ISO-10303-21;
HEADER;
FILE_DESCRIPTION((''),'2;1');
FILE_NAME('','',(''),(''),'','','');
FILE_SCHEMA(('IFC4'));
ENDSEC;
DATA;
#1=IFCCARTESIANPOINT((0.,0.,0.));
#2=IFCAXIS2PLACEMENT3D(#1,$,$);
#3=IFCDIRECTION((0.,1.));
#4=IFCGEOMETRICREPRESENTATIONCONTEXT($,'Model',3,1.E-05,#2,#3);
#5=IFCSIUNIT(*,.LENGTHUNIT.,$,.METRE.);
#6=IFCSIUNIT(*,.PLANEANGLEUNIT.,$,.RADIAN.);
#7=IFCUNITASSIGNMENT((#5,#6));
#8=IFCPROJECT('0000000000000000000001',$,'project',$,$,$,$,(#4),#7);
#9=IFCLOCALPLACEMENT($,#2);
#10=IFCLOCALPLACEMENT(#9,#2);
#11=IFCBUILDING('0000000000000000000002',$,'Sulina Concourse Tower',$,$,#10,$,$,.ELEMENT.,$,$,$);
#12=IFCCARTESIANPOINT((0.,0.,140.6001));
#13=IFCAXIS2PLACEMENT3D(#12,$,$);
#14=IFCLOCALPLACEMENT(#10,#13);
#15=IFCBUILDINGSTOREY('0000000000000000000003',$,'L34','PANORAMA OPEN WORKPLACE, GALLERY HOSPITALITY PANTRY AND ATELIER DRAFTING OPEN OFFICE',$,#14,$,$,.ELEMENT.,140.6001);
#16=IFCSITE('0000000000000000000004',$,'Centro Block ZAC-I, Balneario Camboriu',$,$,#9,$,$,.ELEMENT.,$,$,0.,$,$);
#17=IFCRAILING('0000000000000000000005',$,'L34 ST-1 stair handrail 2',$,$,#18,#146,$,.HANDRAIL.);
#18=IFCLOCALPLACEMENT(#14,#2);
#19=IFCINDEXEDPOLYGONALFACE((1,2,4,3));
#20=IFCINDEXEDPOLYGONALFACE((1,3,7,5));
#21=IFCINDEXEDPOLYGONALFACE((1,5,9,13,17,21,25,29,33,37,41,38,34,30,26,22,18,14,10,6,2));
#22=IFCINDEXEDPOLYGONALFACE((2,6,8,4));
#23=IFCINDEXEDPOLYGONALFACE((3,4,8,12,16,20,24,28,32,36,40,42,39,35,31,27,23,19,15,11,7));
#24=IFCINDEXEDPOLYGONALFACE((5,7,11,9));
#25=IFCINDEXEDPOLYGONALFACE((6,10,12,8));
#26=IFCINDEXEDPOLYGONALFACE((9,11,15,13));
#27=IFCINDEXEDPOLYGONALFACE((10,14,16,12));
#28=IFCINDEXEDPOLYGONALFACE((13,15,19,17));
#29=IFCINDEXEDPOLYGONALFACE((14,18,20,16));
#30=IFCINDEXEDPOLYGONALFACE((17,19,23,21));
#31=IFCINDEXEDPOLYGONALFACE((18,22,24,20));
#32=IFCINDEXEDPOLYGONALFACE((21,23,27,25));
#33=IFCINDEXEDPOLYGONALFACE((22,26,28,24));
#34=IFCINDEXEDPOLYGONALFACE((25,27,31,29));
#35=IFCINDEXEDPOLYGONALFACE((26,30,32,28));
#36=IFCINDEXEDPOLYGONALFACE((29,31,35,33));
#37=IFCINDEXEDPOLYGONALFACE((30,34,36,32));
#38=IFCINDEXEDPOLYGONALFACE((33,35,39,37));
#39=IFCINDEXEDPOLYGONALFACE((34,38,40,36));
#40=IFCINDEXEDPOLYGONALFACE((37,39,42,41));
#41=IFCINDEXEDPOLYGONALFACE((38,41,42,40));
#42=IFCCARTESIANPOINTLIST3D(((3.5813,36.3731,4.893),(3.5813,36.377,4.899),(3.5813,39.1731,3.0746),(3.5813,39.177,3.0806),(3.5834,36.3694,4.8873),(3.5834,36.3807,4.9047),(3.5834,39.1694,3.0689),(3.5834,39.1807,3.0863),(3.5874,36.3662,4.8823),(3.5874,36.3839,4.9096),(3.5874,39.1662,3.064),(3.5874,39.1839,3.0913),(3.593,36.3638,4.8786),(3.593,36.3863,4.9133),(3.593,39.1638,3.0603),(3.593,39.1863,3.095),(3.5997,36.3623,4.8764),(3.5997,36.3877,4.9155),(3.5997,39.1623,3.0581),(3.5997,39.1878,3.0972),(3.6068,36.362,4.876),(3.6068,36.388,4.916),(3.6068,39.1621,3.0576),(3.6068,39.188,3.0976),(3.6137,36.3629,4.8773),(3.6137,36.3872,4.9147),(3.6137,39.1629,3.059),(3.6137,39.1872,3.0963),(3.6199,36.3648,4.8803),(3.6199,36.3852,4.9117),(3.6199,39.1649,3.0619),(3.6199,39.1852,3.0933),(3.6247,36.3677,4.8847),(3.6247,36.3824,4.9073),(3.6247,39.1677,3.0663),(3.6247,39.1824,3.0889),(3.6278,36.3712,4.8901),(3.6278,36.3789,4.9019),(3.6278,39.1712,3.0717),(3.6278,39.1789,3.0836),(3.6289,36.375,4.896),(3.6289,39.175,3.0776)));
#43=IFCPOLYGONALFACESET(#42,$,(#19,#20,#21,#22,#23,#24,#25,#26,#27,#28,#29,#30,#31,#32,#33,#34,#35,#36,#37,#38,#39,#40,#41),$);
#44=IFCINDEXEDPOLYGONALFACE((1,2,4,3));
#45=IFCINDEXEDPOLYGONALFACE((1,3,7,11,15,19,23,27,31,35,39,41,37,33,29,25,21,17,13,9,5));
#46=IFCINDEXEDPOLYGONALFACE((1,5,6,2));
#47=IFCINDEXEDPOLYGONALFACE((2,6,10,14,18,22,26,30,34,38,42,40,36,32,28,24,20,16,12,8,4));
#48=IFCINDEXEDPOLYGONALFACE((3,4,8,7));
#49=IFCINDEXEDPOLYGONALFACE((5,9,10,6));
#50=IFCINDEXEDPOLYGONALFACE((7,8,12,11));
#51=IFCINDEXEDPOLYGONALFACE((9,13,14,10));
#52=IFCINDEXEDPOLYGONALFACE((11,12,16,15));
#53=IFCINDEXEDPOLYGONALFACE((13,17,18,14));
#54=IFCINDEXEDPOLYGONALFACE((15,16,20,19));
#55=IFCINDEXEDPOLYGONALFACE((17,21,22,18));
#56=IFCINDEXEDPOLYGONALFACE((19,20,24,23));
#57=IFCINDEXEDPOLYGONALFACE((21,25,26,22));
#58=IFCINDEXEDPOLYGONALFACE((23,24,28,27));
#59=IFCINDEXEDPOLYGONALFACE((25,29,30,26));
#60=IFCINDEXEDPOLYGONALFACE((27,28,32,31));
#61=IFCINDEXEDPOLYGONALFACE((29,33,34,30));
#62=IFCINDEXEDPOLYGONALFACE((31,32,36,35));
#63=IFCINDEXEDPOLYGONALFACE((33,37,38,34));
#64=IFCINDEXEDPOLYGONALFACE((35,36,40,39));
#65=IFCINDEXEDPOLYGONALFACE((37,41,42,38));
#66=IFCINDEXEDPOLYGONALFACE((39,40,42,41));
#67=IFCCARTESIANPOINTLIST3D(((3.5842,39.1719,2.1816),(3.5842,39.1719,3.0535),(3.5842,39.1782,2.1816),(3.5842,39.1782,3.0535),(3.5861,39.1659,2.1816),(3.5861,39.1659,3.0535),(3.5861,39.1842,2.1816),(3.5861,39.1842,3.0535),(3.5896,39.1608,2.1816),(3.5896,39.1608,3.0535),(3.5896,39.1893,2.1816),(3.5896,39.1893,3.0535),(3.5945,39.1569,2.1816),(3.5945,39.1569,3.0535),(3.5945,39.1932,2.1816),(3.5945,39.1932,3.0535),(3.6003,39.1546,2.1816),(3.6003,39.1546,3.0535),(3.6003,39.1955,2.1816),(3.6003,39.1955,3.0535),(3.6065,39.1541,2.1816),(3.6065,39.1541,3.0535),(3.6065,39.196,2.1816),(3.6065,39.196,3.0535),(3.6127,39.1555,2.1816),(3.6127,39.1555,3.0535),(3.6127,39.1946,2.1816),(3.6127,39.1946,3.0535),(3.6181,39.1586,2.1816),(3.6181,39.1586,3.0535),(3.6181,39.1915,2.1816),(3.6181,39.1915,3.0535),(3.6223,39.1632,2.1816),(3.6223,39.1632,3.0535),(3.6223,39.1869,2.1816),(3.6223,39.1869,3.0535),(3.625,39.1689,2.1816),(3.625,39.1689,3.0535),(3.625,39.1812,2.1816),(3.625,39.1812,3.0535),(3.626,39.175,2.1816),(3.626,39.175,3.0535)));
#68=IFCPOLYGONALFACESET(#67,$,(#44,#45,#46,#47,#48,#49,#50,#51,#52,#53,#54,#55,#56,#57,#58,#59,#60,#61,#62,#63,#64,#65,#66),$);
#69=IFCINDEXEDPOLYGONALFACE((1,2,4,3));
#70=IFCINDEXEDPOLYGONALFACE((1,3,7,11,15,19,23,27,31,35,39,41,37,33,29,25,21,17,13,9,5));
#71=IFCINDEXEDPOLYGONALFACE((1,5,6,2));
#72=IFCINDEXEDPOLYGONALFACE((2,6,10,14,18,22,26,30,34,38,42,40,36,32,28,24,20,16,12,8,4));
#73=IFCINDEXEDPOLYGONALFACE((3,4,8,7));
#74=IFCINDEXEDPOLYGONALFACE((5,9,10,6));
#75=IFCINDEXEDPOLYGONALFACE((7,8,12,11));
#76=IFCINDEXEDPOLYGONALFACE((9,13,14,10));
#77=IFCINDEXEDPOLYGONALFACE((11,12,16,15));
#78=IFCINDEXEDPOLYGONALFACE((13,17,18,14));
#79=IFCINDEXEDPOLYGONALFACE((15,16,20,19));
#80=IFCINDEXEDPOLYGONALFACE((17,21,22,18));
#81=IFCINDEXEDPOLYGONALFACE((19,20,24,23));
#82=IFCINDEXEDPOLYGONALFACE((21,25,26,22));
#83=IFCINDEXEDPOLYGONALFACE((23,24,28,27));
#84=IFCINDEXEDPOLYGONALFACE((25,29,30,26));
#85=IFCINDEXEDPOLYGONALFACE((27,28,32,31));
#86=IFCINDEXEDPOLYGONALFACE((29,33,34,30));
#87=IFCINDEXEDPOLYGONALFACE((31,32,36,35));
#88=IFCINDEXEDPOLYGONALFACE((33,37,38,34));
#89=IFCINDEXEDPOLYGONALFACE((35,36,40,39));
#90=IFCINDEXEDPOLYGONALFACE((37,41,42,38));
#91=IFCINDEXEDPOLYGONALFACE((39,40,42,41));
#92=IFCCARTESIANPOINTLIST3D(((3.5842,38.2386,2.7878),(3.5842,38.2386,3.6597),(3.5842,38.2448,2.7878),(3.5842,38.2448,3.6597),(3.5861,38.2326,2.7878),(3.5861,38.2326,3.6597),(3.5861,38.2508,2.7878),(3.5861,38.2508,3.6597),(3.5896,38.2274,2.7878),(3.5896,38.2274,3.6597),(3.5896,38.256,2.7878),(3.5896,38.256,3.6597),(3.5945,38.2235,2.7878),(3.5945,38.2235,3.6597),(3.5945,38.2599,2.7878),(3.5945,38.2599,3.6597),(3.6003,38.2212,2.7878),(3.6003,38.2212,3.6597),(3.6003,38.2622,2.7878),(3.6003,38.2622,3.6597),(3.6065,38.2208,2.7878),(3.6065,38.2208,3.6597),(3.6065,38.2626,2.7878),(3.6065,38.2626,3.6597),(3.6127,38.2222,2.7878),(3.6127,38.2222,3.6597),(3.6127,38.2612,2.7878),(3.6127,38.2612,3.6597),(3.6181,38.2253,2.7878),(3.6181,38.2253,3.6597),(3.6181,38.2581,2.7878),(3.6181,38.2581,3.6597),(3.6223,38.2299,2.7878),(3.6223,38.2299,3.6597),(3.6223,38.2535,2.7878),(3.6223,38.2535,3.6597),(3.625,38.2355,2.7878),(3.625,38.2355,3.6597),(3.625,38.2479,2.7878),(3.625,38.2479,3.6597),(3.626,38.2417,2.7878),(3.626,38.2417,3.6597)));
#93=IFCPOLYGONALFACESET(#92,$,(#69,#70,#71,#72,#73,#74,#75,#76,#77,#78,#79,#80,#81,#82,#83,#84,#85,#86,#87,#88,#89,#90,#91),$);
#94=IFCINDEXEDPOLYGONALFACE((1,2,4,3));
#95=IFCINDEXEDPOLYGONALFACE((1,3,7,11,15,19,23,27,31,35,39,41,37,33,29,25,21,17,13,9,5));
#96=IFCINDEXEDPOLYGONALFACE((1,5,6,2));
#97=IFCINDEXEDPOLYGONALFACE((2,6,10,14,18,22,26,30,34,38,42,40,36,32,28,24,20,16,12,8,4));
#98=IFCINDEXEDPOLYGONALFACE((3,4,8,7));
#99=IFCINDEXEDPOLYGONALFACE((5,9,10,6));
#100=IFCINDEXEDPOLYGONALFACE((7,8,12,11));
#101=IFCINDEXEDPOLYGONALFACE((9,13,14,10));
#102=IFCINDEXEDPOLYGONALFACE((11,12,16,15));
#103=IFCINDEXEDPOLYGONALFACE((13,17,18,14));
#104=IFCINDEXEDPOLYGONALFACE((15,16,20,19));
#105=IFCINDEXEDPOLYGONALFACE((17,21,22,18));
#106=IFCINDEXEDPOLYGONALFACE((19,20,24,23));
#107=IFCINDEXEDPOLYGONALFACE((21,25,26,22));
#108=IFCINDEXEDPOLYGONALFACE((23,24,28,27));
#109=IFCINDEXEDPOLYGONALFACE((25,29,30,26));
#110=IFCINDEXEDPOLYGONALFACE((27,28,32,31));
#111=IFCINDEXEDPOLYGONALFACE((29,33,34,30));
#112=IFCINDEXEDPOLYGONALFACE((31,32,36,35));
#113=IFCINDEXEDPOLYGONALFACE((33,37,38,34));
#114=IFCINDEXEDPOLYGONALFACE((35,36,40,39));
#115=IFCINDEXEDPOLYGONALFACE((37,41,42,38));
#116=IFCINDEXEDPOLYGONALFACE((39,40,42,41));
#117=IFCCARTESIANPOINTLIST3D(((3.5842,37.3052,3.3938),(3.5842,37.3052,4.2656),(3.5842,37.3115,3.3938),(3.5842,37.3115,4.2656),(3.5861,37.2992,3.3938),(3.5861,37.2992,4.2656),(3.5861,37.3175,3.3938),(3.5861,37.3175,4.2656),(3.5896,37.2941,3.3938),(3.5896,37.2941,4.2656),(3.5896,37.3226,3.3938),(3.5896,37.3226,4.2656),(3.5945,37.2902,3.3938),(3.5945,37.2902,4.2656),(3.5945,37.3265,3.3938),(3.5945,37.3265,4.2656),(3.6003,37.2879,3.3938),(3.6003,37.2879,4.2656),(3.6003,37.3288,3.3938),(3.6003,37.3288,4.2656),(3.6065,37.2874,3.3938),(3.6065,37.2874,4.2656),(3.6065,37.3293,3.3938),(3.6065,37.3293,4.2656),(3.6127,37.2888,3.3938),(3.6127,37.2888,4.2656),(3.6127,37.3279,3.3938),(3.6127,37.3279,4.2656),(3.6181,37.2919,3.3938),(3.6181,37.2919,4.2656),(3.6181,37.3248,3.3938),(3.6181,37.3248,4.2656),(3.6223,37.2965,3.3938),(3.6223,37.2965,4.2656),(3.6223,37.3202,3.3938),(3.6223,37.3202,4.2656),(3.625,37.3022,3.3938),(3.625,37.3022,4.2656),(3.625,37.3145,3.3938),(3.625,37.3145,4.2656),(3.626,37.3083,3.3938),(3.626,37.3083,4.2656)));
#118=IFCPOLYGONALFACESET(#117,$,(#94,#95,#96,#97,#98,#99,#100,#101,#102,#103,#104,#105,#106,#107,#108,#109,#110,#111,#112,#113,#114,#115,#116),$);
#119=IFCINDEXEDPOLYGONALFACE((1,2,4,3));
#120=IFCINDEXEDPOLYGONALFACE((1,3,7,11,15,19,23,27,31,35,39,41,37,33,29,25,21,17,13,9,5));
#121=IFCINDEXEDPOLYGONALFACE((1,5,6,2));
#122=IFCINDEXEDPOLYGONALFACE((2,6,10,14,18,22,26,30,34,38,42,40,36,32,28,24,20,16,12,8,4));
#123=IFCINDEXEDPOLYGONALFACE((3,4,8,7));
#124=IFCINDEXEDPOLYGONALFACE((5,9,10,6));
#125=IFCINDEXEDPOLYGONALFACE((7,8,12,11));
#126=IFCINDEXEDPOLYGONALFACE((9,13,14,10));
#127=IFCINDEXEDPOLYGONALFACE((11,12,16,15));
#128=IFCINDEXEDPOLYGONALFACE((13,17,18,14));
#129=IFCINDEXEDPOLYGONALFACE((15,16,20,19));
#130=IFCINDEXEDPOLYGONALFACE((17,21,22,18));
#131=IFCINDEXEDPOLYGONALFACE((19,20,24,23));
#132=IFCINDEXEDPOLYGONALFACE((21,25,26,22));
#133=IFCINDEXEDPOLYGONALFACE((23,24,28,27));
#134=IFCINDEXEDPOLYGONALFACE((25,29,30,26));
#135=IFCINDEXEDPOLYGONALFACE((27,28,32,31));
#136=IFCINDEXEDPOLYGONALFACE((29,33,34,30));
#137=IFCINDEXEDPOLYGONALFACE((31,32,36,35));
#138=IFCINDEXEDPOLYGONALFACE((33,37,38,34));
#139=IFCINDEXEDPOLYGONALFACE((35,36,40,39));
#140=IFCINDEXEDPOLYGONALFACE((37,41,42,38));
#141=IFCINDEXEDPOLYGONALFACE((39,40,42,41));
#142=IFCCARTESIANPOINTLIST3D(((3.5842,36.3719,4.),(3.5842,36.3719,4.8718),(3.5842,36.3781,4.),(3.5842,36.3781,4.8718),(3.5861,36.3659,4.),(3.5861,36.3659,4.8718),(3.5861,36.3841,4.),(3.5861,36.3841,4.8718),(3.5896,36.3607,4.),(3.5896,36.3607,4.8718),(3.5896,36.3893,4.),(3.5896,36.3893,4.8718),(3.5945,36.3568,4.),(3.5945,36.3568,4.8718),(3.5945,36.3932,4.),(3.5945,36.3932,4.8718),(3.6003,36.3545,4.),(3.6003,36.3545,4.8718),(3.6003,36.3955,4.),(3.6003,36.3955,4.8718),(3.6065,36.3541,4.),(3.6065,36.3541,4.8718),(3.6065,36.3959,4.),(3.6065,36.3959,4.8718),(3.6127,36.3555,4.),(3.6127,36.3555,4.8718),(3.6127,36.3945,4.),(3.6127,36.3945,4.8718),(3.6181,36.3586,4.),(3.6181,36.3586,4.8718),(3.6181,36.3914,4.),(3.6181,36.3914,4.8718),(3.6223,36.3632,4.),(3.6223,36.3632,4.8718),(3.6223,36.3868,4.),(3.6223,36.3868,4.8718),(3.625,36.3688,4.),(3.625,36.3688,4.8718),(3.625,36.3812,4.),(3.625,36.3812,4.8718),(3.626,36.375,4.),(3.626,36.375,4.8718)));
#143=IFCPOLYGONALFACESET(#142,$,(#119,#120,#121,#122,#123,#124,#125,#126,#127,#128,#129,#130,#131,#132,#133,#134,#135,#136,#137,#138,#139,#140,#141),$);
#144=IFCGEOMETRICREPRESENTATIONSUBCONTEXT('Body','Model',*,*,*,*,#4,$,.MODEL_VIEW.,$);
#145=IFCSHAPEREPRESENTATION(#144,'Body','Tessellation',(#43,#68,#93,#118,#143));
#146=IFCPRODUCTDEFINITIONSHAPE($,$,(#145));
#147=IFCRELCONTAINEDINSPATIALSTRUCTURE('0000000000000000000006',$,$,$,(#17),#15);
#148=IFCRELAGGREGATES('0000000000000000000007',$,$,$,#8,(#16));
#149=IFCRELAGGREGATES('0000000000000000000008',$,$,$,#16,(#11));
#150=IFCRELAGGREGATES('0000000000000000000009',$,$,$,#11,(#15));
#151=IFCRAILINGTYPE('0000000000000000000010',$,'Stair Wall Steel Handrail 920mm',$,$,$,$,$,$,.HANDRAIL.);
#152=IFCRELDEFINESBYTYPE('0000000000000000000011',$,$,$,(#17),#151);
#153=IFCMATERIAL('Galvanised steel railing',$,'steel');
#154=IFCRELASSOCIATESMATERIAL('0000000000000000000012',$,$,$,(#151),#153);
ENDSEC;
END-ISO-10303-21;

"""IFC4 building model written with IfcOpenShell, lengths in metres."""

from ifc_helpers import new_model, si_unit, direction, frame, origin, origin_2d, place, context, subcontext, project, spatial, circle, extrude, material, type_object, element, save


model = new_model("IFC4")

# Units and contexts
model_context = context("Model", 3, precision=1e-05, world=origin(), true_north=direction((0.0, 1.0)))
body_context = subcontext(model_context, "Body", "Model", "MODEL_VIEW")
ifc_project = project(units=[si_unit("LENGTHUNIT", "METRE"), si_unit("PLANEANGLEUNIT", "RADIAN")], contexts=[model_context])

# Site, building, storey
site_placement = place(None, origin())
site = spatial("IfcSite", under=ifc_project, at=site_placement, Name="Centro Block ZAC-I, Balneario Camboriu", CompositionType="ELEMENT", RefElevation=0.0)
building_placement = place(site_placement, origin())
building = spatial("IfcBuilding", under=site, at=building_placement, Name="Sulina Concourse Tower", CompositionType="ELEMENT")
storey_placement = place(building_placement, frame((0.0, 0.0, 140.6001)))
storey = spatial("IfcBuildingStorey", under=building, at=storey_placement, Name="L34", Description="PANORAMA OPEN WORKPLACE, GALLERY HOSPITALITY PANTRY AND ATELIER DRAFTING OPEN OFFICE", CompositionType="ELEMENT", Elevation=140.6001)

# Railing
ifc_material_1 = material(Name="Galvanised steel railing", Category="steel")
railing_type_1 = type_object("IfcRailingType", Name="Stair Wall Steel Handrail 920mm", PredefinedType="HANDRAIL", material=ifc_material_1)
railing_1_placement = place(storey_placement, frame((3.605, 39.175, 2.1816)))
element("IfcRailing", 1, at=railing_1_placement, inside=storey, type_object=railing_type_1, Name="L34 ST-1 stair handrail 2", PredefinedType="HANDRAIL", context=body_context, shape_type="SweptSolid", body=[
    extrude(circle(Radius=0.0239, at=origin_2d()), frame((0.0, 0.0, 0.896), z_axis=(0.0, -0.838672, 0.544636), x_axis=(1.0, 0.0, 0.0)), (0.0, 0.0, 1.0), 3.3386),
    extrude(circle(Radius=0.021, at=origin_2d()), origin(), (0.0, 0.0, 1.0), 0.8718),
    extrude(circle(Radius=0.021, at=origin_2d()), frame((0.0, -0.9333, 0.6062)), (0.0, 0.0, 1.0), 0.8718),
    extrude(circle(Radius=0.021, at=origin_2d()), frame((0.0, -1.8667, 1.2122)), (0.0, 0.0, 1.0), 0.8718),
    extrude(circle(Radius=0.021, at=origin_2d()), frame((0.0, -2.8, 1.8184)), (0.0, 0.0, 1.0), 0.8718),
])

save(model, "model.ifc")
